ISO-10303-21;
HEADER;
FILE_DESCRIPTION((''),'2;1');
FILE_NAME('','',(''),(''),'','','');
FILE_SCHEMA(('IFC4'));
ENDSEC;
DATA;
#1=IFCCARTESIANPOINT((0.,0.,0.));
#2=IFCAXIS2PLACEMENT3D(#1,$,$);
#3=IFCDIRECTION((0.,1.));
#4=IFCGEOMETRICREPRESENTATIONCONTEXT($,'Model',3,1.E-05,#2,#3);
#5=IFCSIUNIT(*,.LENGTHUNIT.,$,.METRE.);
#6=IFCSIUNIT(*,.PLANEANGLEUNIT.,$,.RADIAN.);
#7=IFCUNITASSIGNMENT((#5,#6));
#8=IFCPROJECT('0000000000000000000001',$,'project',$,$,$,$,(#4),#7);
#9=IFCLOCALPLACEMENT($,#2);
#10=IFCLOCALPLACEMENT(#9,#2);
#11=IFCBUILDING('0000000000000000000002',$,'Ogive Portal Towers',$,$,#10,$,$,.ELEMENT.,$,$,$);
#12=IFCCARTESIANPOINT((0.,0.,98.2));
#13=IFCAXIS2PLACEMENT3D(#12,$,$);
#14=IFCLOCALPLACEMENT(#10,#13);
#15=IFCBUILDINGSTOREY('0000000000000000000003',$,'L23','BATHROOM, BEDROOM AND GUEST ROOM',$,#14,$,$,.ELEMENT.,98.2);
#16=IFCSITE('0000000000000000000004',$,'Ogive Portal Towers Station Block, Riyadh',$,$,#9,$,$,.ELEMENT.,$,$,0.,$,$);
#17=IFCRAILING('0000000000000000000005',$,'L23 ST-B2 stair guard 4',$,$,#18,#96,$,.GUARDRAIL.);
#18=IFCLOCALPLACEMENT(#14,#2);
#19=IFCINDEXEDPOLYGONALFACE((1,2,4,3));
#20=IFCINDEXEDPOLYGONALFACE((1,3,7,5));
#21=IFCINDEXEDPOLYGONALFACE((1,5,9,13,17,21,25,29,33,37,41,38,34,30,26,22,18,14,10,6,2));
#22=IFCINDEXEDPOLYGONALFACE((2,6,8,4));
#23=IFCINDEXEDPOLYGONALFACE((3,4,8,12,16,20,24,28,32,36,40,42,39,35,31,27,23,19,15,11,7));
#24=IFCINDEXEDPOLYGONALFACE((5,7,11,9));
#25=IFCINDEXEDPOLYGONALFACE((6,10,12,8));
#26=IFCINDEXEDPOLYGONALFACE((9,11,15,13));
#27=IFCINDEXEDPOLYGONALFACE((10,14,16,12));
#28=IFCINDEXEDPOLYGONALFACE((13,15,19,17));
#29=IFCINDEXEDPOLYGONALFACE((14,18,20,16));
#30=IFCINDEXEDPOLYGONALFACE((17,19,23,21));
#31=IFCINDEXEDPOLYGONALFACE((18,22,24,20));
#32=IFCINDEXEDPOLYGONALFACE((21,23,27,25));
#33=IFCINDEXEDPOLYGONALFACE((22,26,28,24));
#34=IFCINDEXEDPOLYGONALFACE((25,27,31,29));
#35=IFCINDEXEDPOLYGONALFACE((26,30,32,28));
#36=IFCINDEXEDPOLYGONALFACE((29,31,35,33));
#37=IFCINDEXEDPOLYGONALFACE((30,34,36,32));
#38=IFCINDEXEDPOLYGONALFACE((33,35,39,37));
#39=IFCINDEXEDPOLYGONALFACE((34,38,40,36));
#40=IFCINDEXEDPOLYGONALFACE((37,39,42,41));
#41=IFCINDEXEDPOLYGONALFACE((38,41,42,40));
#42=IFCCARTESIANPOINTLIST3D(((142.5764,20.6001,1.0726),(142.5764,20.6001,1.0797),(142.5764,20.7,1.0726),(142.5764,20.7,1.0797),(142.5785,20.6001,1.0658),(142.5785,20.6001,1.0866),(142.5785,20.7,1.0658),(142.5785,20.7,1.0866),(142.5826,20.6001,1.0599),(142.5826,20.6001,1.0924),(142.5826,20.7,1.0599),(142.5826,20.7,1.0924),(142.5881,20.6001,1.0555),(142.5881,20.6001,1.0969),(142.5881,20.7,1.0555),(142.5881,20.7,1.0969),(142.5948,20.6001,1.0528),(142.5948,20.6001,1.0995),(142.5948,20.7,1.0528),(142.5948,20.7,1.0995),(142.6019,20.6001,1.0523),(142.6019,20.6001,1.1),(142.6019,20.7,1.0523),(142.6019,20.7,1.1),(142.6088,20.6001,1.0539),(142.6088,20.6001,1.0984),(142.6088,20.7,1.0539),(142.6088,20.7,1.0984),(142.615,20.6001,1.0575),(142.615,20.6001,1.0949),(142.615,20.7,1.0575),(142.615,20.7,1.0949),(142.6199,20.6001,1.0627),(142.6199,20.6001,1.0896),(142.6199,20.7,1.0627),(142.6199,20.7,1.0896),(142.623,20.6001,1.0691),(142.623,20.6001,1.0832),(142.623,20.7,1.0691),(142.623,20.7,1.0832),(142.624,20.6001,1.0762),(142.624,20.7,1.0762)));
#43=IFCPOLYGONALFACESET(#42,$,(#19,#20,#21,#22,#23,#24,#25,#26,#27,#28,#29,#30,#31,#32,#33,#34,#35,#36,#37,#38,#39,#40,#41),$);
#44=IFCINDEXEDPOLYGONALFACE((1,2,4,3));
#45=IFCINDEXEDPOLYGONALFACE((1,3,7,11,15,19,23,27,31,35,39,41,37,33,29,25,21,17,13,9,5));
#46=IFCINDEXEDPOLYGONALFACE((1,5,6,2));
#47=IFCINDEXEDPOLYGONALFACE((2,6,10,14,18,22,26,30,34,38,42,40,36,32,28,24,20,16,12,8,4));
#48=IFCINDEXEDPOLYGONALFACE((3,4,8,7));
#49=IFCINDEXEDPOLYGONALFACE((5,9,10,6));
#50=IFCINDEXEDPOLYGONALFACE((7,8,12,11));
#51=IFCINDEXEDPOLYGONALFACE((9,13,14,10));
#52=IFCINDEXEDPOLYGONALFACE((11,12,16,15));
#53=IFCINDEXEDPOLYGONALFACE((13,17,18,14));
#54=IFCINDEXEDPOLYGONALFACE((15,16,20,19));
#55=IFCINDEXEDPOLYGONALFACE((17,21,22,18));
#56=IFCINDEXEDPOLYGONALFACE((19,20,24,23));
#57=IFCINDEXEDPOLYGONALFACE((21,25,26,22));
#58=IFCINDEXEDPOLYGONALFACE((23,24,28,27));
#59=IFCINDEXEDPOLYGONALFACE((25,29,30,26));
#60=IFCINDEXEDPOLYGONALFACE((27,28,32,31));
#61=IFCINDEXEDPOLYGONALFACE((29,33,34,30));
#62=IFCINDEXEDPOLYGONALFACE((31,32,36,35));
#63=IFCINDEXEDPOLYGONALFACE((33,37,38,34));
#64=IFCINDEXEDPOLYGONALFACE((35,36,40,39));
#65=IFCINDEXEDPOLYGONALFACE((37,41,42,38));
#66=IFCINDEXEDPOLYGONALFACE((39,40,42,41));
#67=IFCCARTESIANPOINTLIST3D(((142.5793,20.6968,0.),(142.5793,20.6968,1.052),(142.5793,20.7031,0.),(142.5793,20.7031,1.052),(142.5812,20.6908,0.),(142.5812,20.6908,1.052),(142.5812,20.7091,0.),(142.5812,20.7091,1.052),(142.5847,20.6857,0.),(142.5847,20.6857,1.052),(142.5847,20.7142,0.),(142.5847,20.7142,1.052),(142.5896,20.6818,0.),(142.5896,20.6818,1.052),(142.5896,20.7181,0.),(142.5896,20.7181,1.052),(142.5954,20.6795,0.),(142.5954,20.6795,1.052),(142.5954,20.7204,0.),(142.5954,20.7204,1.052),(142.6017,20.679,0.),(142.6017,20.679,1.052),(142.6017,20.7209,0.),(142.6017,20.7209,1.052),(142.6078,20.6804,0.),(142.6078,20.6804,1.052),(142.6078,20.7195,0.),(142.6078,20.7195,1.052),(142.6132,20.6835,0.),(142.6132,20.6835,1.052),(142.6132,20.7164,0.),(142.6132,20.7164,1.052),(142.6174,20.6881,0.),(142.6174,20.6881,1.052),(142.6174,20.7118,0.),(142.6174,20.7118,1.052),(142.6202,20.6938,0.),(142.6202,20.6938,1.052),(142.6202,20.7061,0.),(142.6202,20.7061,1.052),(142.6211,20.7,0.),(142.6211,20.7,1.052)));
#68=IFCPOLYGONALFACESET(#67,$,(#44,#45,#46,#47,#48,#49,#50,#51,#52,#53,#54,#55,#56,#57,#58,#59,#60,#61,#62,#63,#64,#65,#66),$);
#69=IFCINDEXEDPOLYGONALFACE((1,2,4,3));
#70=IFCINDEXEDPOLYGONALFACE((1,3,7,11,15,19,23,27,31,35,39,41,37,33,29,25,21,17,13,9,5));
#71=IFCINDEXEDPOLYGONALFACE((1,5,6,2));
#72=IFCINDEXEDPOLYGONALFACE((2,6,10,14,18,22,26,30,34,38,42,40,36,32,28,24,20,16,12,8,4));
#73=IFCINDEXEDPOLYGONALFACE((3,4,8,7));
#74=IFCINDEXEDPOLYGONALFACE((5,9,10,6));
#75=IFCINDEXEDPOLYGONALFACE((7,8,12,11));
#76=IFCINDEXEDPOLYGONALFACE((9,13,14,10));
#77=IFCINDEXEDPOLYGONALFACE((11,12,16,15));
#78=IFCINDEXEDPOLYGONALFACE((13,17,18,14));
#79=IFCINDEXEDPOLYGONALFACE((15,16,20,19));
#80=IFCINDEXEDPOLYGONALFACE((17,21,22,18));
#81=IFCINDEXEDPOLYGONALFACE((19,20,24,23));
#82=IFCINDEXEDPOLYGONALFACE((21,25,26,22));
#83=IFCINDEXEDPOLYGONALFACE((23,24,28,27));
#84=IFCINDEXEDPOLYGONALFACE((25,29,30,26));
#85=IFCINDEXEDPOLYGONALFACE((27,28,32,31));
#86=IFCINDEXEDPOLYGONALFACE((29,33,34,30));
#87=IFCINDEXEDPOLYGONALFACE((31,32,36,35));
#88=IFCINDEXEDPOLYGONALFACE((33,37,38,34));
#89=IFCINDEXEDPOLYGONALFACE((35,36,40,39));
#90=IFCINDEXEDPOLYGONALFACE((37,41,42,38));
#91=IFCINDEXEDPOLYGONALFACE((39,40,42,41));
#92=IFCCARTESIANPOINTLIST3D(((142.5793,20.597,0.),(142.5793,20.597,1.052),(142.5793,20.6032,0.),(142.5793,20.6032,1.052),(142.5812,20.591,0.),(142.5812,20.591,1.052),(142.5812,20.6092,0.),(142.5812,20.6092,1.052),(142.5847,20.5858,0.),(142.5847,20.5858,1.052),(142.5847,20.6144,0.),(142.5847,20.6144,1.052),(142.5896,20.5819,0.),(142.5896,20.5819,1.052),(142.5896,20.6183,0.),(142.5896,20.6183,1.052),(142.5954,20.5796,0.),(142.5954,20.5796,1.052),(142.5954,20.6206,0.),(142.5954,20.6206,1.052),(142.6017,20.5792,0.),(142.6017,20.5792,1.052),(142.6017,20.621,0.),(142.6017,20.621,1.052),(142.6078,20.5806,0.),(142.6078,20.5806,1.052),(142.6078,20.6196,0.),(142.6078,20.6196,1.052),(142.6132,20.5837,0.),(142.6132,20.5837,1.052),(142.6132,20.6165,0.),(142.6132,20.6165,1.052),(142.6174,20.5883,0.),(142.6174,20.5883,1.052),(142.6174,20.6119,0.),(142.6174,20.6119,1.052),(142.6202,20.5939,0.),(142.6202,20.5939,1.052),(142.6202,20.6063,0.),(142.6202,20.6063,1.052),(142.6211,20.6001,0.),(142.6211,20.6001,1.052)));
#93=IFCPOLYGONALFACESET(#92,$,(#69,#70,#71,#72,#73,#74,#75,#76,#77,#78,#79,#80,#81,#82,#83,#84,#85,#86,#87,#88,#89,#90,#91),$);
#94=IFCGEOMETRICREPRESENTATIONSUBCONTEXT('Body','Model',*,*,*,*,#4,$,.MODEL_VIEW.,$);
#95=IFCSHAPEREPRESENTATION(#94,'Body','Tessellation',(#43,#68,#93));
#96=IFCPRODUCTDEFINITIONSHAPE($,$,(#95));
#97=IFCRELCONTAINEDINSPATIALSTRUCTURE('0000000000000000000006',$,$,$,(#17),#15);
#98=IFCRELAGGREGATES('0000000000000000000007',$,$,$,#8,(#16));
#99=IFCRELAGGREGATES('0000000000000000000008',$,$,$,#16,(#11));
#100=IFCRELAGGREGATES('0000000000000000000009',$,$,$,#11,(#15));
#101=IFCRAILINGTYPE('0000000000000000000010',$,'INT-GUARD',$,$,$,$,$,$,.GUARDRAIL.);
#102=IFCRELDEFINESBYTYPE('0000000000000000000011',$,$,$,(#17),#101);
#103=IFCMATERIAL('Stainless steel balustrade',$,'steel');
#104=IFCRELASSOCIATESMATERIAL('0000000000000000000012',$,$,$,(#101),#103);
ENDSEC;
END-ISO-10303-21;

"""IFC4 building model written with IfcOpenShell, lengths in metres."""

from ifc_helpers import new_model, si_unit, direction, frame, origin, origin_2d, place, context, subcontext, project, spatial, circle, extrude, material, type_object, element, save


model = new_model("IFC4")

# Units and contexts
model_context = context("Model", 3, precision=1e-05, world=origin(), true_north=direction((0.0, 1.0)))
body_context = subcontext(model_context, "Body", "Model", "MODEL_VIEW")
ifc_project = project(units=[si_unit("LENGTHUNIT", "METRE"), si_unit("PLANEANGLEUNIT", "RADIAN")], contexts=[model_context])

# Site, building, storey
site_placement = place(None, origin())
site = spatial("IfcSite", under=ifc_project, at=site_placement, Name="Ogive Portal Towers Station Block, Riyadh", CompositionType="ELEMENT", RefElevation=0.0)
building_placement = place(site_placement, origin())
building = spatial("IfcBuilding", under=site, at=building_placement, Name="Ogive Portal Towers", CompositionType="ELEMENT")
storey_placement = place(building_placement, frame((0.0, 0.0, 98.2)))
storey = spatial("IfcBuildingStorey", under=building, at=storey_placement, Name="L23", Description="BATHROOM, BEDROOM AND GUEST ROOM", CompositionType="ELEMENT", Elevation=98.2)

# Railing
ifc_material_1 = material(Name="Stainless steel balustrade", Category="steel")
railing_type_1 = type_object("IfcRailingType", Name="INT-GUARD", PredefinedType="GUARDRAIL", material=ifc_material_1)
railing_1_placement = place(storey_placement, frame((142.6001, 20.7, 0.0)))
element("IfcRailing", 1, at=railing_1_placement, inside=storey, type_object=railing_type_1, Name="L23 ST-B2 stair guard 4", PredefinedType="GUARDRAIL", context=body_context, shape_type="SweptSolid", body=[
    extrude(circle(Radius=0.0239, at=origin_2d()), frame((0.0, 0.0, 1.0762), z_axis=(0.0, -1.0, 0.0), x_axis=(1.0, 0.0, 0.0)), (0.0, 0.0, 1.0), 0.0999),
    extrude(circle(Radius=0.021, at=origin_2d()), origin(), (0.0, 0.0, 1.0), 1.052),
    extrude(circle(Radius=0.021, at=origin_2d()), frame((0.0, -0.0999, 0.0)), (0.0, 0.0, 1.0), 1.052),
])

save(model, "model.ifc")
